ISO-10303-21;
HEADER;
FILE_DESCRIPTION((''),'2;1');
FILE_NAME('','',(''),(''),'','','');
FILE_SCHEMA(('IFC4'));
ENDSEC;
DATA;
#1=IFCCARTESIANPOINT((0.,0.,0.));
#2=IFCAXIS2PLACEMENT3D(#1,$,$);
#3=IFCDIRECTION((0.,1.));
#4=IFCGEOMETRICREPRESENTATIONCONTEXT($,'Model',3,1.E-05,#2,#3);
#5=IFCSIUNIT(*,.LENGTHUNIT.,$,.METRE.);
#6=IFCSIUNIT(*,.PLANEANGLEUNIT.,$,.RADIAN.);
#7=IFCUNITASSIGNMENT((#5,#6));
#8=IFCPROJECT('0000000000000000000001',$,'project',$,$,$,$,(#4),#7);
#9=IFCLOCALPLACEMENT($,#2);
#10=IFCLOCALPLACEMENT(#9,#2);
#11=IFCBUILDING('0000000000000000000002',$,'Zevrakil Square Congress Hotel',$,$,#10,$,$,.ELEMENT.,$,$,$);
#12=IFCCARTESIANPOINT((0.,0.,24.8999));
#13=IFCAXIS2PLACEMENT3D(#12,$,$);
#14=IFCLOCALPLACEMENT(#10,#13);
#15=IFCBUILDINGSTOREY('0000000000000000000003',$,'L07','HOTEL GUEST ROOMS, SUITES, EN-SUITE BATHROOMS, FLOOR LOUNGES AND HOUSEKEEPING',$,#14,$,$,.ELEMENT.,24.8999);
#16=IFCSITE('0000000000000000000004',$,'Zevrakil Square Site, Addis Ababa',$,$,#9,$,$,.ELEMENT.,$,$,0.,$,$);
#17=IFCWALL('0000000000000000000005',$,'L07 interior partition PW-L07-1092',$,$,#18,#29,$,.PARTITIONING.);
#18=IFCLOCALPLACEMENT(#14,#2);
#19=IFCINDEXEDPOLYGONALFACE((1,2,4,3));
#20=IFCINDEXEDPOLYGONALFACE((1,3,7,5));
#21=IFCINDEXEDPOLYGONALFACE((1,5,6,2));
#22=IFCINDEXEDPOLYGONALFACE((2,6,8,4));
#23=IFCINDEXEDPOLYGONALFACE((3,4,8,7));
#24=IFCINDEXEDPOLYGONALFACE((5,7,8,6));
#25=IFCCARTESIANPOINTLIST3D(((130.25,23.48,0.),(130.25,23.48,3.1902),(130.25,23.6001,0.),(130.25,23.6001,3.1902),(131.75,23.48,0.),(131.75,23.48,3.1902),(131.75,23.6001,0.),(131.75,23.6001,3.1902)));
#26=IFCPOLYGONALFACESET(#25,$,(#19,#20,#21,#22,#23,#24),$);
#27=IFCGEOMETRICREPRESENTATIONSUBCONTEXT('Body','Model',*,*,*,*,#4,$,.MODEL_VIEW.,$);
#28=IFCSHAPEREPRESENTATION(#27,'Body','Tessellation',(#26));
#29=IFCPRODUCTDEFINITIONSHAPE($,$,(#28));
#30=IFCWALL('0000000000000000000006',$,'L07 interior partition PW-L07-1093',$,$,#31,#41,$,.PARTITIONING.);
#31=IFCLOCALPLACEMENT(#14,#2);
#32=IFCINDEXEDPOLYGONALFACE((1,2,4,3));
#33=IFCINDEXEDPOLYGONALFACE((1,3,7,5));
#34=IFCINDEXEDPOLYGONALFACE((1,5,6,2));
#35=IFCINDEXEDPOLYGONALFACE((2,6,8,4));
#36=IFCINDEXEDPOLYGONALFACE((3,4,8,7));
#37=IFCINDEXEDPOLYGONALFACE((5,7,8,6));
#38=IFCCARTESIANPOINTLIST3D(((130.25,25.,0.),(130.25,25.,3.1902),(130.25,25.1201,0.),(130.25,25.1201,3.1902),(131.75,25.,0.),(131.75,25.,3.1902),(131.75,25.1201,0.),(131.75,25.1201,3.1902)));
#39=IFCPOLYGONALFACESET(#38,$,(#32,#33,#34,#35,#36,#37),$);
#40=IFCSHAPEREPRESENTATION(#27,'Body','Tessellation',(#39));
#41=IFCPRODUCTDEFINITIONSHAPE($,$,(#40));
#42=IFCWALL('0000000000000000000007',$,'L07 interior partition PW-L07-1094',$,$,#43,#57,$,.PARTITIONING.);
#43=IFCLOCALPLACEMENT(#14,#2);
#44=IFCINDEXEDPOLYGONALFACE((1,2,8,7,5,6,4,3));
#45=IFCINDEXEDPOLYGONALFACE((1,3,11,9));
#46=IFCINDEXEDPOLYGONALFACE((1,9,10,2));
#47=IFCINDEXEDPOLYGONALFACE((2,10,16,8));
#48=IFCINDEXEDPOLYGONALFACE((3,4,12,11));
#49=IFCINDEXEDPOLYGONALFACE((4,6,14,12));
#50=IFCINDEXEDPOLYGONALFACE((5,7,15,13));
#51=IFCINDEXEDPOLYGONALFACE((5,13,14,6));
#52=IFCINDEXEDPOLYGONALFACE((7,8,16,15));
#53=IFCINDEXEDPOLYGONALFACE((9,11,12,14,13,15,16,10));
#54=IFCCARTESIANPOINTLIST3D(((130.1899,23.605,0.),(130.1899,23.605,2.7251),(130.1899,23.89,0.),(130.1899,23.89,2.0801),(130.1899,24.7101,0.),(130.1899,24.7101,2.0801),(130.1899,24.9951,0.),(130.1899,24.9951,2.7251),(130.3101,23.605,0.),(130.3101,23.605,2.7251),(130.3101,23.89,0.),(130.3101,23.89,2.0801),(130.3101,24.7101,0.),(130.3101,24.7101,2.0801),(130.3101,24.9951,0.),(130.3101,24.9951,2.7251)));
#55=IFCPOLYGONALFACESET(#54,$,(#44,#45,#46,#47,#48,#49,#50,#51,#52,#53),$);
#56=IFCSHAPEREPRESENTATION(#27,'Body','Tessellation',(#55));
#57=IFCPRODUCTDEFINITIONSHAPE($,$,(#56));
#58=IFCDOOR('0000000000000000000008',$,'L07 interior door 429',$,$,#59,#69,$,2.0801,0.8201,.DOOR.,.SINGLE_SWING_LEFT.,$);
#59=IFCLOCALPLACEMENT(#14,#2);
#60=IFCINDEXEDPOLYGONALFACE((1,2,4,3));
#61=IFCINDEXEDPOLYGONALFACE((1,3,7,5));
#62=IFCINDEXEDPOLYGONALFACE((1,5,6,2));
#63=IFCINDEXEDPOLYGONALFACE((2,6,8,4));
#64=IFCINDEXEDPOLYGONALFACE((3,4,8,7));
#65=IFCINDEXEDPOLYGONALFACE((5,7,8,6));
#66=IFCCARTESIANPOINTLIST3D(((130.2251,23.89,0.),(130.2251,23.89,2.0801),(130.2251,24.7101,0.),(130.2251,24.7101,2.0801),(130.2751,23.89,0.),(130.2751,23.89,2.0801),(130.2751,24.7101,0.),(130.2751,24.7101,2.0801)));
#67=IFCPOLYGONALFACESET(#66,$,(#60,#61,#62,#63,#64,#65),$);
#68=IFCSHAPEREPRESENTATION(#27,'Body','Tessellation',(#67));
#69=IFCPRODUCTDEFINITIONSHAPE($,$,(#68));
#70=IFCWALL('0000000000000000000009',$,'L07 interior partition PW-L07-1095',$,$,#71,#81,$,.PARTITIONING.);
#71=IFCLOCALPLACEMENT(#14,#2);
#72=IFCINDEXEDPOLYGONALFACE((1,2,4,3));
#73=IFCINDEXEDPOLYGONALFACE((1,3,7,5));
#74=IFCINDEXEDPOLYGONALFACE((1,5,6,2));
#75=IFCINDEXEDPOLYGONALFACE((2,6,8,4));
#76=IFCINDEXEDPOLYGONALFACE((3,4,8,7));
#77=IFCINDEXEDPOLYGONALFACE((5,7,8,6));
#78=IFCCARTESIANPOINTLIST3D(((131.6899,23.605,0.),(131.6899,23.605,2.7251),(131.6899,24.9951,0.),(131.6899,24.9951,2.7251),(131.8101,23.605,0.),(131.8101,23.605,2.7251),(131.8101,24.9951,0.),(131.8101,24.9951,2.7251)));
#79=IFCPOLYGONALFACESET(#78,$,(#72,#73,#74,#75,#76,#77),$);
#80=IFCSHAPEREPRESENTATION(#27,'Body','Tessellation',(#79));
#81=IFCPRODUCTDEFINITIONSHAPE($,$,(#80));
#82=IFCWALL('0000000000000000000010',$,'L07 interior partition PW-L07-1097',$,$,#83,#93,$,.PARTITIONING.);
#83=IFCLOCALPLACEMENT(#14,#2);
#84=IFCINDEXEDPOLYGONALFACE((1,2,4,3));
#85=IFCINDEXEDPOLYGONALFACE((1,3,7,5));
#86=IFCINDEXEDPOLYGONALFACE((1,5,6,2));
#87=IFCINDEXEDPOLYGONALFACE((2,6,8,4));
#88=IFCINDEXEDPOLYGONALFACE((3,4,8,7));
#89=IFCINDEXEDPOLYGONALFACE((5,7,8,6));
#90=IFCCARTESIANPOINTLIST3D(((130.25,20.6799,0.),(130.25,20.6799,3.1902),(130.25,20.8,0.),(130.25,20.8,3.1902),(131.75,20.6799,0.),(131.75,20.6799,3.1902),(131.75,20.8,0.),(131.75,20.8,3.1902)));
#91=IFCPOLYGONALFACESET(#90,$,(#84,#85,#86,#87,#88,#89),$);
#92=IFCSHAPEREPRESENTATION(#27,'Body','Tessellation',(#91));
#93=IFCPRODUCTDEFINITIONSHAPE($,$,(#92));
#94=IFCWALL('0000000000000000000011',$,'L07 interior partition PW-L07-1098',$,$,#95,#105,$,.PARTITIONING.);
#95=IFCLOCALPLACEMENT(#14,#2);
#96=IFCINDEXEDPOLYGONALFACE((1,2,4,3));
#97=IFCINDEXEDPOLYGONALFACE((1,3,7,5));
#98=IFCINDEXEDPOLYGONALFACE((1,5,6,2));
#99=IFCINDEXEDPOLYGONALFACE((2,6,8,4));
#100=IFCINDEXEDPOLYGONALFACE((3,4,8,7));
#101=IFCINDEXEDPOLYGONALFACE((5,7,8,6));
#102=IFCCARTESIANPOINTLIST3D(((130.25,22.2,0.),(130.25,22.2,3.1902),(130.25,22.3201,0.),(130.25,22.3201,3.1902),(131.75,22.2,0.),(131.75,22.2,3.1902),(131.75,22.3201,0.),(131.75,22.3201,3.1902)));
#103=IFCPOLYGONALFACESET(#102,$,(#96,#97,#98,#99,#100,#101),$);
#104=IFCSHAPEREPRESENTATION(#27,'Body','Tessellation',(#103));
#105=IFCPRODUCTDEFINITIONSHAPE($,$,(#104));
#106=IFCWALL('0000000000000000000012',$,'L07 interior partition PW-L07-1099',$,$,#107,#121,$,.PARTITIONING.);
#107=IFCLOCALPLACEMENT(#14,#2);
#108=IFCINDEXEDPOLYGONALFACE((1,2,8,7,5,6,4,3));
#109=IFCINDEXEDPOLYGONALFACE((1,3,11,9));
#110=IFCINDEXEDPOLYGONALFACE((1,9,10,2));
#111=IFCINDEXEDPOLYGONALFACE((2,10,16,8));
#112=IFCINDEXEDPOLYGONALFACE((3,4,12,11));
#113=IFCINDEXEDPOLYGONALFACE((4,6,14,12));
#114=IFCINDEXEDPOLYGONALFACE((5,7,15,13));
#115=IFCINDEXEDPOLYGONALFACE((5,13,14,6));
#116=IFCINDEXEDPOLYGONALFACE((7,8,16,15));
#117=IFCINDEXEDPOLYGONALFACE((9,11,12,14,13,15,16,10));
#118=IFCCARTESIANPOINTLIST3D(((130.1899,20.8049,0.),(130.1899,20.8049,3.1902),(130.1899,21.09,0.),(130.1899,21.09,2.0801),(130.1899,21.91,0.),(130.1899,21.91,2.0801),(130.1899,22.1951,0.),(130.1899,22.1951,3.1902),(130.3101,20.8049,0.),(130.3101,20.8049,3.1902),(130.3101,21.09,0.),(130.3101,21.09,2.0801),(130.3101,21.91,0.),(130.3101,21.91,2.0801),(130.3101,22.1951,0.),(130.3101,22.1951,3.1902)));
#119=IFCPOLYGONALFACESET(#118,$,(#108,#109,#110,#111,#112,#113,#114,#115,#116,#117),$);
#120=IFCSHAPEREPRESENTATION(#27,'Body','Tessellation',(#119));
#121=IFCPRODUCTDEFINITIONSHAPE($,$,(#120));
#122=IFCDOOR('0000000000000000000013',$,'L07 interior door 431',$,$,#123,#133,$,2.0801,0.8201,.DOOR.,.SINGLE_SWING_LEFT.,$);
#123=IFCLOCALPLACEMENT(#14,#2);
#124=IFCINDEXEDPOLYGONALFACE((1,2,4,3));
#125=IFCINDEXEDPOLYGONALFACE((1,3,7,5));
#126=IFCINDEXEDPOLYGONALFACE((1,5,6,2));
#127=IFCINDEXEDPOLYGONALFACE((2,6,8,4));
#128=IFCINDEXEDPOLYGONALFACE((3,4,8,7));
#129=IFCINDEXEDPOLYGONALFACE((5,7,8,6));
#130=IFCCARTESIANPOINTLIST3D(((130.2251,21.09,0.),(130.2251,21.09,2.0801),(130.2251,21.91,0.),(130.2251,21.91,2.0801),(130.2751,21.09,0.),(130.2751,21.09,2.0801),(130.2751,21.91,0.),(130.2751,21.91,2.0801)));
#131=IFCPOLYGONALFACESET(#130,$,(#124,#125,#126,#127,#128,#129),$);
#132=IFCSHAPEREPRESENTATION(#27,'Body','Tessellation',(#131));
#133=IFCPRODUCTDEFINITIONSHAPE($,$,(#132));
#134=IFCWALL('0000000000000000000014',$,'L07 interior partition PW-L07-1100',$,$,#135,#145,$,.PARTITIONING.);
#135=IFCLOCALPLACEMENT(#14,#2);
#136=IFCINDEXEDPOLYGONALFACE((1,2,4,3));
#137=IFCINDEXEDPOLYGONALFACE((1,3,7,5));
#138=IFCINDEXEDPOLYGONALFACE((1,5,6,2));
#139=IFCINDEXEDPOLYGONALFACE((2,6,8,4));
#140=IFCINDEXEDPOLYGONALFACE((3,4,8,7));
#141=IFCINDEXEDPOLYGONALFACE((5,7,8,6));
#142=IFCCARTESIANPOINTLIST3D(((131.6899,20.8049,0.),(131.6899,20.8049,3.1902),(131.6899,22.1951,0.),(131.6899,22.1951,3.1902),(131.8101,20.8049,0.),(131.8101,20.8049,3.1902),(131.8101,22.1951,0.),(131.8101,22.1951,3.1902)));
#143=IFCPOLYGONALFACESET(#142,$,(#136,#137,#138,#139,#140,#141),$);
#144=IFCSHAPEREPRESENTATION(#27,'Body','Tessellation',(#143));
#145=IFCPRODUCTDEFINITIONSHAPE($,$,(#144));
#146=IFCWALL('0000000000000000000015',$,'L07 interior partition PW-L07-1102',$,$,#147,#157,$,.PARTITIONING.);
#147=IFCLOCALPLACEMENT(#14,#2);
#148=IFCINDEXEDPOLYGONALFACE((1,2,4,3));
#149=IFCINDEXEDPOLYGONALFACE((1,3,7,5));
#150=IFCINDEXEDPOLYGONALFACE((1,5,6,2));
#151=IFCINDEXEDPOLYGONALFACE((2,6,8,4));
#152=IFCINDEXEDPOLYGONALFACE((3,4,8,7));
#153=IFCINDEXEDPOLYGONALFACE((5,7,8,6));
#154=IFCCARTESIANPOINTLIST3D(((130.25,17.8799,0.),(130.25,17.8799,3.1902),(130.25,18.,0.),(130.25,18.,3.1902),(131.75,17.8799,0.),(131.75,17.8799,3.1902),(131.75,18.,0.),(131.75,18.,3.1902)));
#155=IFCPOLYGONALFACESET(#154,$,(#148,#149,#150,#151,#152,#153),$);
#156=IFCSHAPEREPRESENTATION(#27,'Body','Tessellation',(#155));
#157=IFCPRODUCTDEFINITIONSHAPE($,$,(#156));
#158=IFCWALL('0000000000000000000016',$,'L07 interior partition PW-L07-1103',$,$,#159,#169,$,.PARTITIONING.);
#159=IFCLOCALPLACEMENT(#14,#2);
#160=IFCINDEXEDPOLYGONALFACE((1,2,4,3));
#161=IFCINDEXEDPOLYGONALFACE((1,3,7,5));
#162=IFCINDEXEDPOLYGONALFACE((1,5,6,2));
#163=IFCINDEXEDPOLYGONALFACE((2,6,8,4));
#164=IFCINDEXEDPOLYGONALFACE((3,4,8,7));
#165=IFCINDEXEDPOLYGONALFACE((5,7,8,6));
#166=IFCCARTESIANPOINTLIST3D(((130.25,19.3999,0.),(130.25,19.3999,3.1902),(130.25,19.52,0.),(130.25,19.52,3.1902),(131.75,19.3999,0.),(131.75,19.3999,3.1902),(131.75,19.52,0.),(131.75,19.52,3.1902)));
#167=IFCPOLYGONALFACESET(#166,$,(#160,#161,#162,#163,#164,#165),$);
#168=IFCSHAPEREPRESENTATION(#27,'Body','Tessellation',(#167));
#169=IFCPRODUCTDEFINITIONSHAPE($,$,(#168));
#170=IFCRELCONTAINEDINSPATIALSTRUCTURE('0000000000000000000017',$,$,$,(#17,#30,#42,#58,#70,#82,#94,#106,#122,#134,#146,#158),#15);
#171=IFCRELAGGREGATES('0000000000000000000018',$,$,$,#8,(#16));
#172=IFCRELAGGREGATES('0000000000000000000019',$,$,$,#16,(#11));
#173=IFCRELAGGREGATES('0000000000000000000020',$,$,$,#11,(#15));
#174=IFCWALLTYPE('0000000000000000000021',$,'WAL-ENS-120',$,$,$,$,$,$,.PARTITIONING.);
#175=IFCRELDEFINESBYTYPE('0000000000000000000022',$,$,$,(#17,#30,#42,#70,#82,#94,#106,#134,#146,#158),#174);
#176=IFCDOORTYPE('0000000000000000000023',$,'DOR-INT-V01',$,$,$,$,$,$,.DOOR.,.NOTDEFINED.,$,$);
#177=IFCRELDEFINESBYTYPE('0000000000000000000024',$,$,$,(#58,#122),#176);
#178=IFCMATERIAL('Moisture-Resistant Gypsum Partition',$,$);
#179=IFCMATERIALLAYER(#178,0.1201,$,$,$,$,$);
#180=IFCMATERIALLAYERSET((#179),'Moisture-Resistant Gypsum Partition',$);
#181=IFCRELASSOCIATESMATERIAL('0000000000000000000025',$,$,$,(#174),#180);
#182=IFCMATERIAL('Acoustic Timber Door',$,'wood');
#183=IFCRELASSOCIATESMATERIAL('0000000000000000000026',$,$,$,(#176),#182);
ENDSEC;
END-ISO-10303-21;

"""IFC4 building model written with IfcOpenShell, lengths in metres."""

from ifc_helpers import new_model, si_unit, direction, frame, frame_2d, origin, place, context, subcontext, project, spatial, rectangle, extrude, material, layer, layer_set, type_object, element, fill, save


model = new_model("IFC4")

# Units and contexts
model_context = context("Model", 3, precision=1e-05, world=origin(), true_north=direction((0.0, 1.0)))
body_context = subcontext(model_context, "Body", "Model", "MODEL_VIEW")
ifc_project = project(units=[si_unit("LENGTHUNIT", "METRE"), si_unit("PLANEANGLEUNIT", "RADIAN")], contexts=[model_context])

# Site, building, storey
site_placement = place(None, origin())
site = spatial("IfcSite", under=ifc_project, at=site_placement, Name="Zevrakil Square Site, Addis Ababa", CompositionType="ELEMENT", RefElevation=0.0)
building_placement = place(site_placement, origin())
building = spatial("IfcBuilding", under=site, at=building_placement, Name="Zevrakil Square Congress Hotel", CompositionType="ELEMENT")
storey_placement = place(building_placement, frame((0.0, 0.0, 24.8999)))
storey = spatial("IfcBuildingStorey", under=building, at=storey_placement, Name="L07", Description="HOTEL GUEST ROOMS, SUITES, EN-SUITE BATHROOMS, FLOOR LOUNGES AND HOUSEKEEPING", CompositionType="ELEMENT", Elevation=24.8999)

# Shared definitions
ifc_material_1 = material(Name="Moisture-Resistant Gypsum Partition")
ifc_layer = layer(ifc_material_1, 0.1201)
ifc_layer_set = layer_set([ifc_layer], Name="Moisture-Resistant Gypsum Partition")
wall_type = type_object("IfcWallType", Name="WAL-ENS-120", PredefinedType="PARTITIONING", material=ifc_layer_set)

# Shared definitions
ifc_material_2 = material(Name="Acoustic Timber Door", Category="wood")
door_type = type_object("IfcDoorType", Name="DOR-INT-V01", OperationType="NOTDEFINED", PredefinedType="DOOR", material=ifc_material_2)

# Walls
for number, where, z_axis, x_axis, name in (
    (1, (130.25, 23.54, 0.0), (0.0, 0.0, 1.0), (1.0, 0.0, 0.0), "L07 interior partition PW-L07-1092"),
    (2, (130.25, 25.0601, 0.0), (0.0, 0.0, 1.0), (1.0, 0.0, 0.0), "L07 interior partition PW-L07-1093"),
):
    element("IfcWall", number, at=place(storey_placement, frame(where, z_axis=z_axis, x_axis=x_axis)), inside=storey, type_object=wall_type, Name=name, PredefinedType="PARTITIONING", context=body_context, shape_type="SweptSolid", body=[
        extrude(rectangle(XDim=1.5, YDim=0.1201, at=frame_2d((0.75, 0.0))), origin(), (0.0, 0.0, 1.0), 3.1902),
    ])

# Wall, opening, door
wall_1_placement = place(storey_placement, frame((130.25, 23.605, 0.0), z_axis=(0.0, 0.0, 1.0), x_axis=(0.0, 1.0, 0.0)))
wall_1 = element("IfcWall", 3, at=wall_1_placement, inside=storey, type_object=wall_type, Name="L07 interior partition PW-L07-1094", PredefinedType="PARTITIONING", context=body_context, shape_type="SweptSolid", body=[
    extrude(rectangle(XDim=1.3901, YDim=0.1201, at=frame_2d((0.6951, 0.0))), origin(), (0.0, 0.0, 1.0), 2.7251),
])
opening_1_placement = place(wall_1_placement, frame((0.2849, 0.0, 0.0)))
opening_1 = element("IfcOpeningElement", 4, at=opening_1_placement, cuts=wall_1, PredefinedType="OPENING", context=body_context, shape_type="SweptSolid", body=[
    extrude(rectangle(XDim=0.8201, YDim=2.0801, at=frame_2d((0.4102, 1.04))), frame((0.0, 0.0701, 0.0), z_axis=(0.0, -1.0, 0.0), x_axis=(1.0, 0.0, 0.0)), (0.0, 0.0, 1.0), 0.1401),
])
door_1_placement = place(opening_1_placement, origin())
door_1 = element("IfcDoor", 5, at=door_1_placement, inside=storey, type_object=door_type, Name="L07 interior door 429", OperationType="SINGLE_SWING_LEFT", OverallHeight=2.0801, OverallWidth=0.8201, PredefinedType="DOOR", context=body_context, shape_type="SweptSolid", body=[
    extrude(rectangle(XDim=0.8201, YDim=2.0801, at=frame_2d((0.4102, 1.04))), frame((0.0, 0.0249, 0.0), z_axis=(0.0, -1.0, 0.0), x_axis=(1.0, 0.0, 0.0)), (0.0, 0.0, 1.0), 0.05),
])
fill(opening_1, door_1)

# Walls
wall_2_placement = place(storey_placement, frame((131.75, 23.605, 0.0), z_axis=(0.0, 0.0, 1.0), x_axis=(0.0, 1.0, 0.0)))
element("IfcWall", 6, at=wall_2_placement, inside=storey, type_object=wall_type, Name="L07 interior partition PW-L07-1095", PredefinedType="PARTITIONING", context=body_context, shape_type="SweptSolid", body=[
    extrude(rectangle(XDim=1.3901, YDim=0.1201, at=frame_2d((0.6951, 0.0))), origin(), (0.0, 0.0, 1.0), 2.7251),
])
for number, where, z_axis, x_axis, name in (
    (7, (130.25, 20.74, 0.0), (0.0, 0.0, 1.0), (1.0, 0.0, 0.0), "L07 interior partition PW-L07-1097"),
    (8, (130.25, 22.26, 0.0), (0.0, 0.0, 1.0), (1.0, 0.0, 0.0), "L07 interior partition PW-L07-1098"),
):
    element("IfcWall", number, at=place(storey_placement, frame(where, z_axis=z_axis, x_axis=x_axis)), inside=storey, type_object=wall_type, Name=name, PredefinedType="PARTITIONING", context=body_context, shape_type="SweptSolid", body=[
        extrude(rectangle(XDim=1.5, YDim=0.1201, at=frame_2d((0.75, 0.0))), origin(), (0.0, 0.0, 1.0), 3.1902),
    ])

# Wall, opening, door
wall_3_placement = place(storey_placement, frame((130.25, 20.8049, 0.0), z_axis=(0.0, 0.0, 1.0), x_axis=(0.0, 1.0, 0.0)))
wall_3 = element("IfcWall", 9, at=wall_3_placement, inside=storey, type_object=wall_type, Name="L07 interior partition PW-L07-1099", PredefinedType="PARTITIONING", context=body_context, shape_type="SweptSolid", body=[
    extrude(rectangle(XDim=1.3901, YDim=0.1201, at=frame_2d((0.6951, 0.0))), origin(), (0.0, 0.0, 1.0), 3.1902),
])
opening_2_placement = place(wall_3_placement, frame((0.2849, 0.0, 0.0)))
opening_2 = element("IfcOpeningElement", 10, at=opening_2_placement, cuts=wall_3, PredefinedType="OPENING", context=body_context, shape_type="SweptSolid", body=[
    extrude(rectangle(XDim=0.8201, YDim=2.0801, at=frame_2d((0.4102, 1.04))), frame((0.0, 0.0701, 0.0), z_axis=(0.0, -1.0, 0.0), x_axis=(1.0, 0.0, 0.0)), (0.0, 0.0, 1.0), 0.1401),
])
door_2_placement = place(opening_2_placement, origin())
door_2 = element("IfcDoor", 11, at=door_2_placement, inside=storey, type_object=door_type, Name="L07 interior door 431", OperationType="SINGLE_SWING_LEFT", OverallHeight=2.0801, OverallWidth=0.8201, PredefinedType="DOOR", context=body_context, shape_type="SweptSolid", body=[
    extrude(rectangle(XDim=0.8201, YDim=2.0801, at=frame_2d((0.4102, 1.04))), frame((0.0, 0.0249, 0.0), z_axis=(0.0, -1.0, 0.0), x_axis=(1.0, 0.0, 0.0)), (0.0, 0.0, 1.0), 0.05),
])
fill(opening_2, door_2)

# Walls
wall_4_placement = place(storey_placement, frame((131.75, 20.8049, 0.0), z_axis=(0.0, 0.0, 1.0), x_axis=(0.0, 1.0, 0.0)))
element("IfcWall", 12, at=wall_4_placement, inside=storey, type_object=wall_type, Name="L07 interior partition PW-L07-1100", PredefinedType="PARTITIONING", context=body_context, shape_type="SweptSolid", body=[
    extrude(rectangle(XDim=1.3901, YDim=0.1201, at=frame_2d((0.6951, 0.0))), origin(), (0.0, 0.0, 1.0), 3.1902),
])
for number, where, z_axis, x_axis, name in (
    (13, (130.25, 17.9399, 0.0), (0.0, 0.0, 1.0), (1.0, 0.0, 0.0), "L07 interior partition PW-L07-1102"),
    (14, (130.25, 19.46, 0.0), (0.0, 0.0, 1.0), (1.0, 0.0, 0.0), "L07 interior partition PW-L07-1103"),
):
    element("IfcWall", number, at=place(storey_placement, frame(where, z_axis=z_axis, x_axis=x_axis)), inside=storey, type_object=wall_type, Name=name, PredefinedType="PARTITIONING", context=body_context, shape_type="SweptSolid", body=[
        extrude(rectangle(XDim=1.5, YDim=0.1201, at=frame_2d((0.75, 0.0))), origin(), (0.0, 0.0, 1.0), 3.1902),
    ])

save(model, "model.ifc")
